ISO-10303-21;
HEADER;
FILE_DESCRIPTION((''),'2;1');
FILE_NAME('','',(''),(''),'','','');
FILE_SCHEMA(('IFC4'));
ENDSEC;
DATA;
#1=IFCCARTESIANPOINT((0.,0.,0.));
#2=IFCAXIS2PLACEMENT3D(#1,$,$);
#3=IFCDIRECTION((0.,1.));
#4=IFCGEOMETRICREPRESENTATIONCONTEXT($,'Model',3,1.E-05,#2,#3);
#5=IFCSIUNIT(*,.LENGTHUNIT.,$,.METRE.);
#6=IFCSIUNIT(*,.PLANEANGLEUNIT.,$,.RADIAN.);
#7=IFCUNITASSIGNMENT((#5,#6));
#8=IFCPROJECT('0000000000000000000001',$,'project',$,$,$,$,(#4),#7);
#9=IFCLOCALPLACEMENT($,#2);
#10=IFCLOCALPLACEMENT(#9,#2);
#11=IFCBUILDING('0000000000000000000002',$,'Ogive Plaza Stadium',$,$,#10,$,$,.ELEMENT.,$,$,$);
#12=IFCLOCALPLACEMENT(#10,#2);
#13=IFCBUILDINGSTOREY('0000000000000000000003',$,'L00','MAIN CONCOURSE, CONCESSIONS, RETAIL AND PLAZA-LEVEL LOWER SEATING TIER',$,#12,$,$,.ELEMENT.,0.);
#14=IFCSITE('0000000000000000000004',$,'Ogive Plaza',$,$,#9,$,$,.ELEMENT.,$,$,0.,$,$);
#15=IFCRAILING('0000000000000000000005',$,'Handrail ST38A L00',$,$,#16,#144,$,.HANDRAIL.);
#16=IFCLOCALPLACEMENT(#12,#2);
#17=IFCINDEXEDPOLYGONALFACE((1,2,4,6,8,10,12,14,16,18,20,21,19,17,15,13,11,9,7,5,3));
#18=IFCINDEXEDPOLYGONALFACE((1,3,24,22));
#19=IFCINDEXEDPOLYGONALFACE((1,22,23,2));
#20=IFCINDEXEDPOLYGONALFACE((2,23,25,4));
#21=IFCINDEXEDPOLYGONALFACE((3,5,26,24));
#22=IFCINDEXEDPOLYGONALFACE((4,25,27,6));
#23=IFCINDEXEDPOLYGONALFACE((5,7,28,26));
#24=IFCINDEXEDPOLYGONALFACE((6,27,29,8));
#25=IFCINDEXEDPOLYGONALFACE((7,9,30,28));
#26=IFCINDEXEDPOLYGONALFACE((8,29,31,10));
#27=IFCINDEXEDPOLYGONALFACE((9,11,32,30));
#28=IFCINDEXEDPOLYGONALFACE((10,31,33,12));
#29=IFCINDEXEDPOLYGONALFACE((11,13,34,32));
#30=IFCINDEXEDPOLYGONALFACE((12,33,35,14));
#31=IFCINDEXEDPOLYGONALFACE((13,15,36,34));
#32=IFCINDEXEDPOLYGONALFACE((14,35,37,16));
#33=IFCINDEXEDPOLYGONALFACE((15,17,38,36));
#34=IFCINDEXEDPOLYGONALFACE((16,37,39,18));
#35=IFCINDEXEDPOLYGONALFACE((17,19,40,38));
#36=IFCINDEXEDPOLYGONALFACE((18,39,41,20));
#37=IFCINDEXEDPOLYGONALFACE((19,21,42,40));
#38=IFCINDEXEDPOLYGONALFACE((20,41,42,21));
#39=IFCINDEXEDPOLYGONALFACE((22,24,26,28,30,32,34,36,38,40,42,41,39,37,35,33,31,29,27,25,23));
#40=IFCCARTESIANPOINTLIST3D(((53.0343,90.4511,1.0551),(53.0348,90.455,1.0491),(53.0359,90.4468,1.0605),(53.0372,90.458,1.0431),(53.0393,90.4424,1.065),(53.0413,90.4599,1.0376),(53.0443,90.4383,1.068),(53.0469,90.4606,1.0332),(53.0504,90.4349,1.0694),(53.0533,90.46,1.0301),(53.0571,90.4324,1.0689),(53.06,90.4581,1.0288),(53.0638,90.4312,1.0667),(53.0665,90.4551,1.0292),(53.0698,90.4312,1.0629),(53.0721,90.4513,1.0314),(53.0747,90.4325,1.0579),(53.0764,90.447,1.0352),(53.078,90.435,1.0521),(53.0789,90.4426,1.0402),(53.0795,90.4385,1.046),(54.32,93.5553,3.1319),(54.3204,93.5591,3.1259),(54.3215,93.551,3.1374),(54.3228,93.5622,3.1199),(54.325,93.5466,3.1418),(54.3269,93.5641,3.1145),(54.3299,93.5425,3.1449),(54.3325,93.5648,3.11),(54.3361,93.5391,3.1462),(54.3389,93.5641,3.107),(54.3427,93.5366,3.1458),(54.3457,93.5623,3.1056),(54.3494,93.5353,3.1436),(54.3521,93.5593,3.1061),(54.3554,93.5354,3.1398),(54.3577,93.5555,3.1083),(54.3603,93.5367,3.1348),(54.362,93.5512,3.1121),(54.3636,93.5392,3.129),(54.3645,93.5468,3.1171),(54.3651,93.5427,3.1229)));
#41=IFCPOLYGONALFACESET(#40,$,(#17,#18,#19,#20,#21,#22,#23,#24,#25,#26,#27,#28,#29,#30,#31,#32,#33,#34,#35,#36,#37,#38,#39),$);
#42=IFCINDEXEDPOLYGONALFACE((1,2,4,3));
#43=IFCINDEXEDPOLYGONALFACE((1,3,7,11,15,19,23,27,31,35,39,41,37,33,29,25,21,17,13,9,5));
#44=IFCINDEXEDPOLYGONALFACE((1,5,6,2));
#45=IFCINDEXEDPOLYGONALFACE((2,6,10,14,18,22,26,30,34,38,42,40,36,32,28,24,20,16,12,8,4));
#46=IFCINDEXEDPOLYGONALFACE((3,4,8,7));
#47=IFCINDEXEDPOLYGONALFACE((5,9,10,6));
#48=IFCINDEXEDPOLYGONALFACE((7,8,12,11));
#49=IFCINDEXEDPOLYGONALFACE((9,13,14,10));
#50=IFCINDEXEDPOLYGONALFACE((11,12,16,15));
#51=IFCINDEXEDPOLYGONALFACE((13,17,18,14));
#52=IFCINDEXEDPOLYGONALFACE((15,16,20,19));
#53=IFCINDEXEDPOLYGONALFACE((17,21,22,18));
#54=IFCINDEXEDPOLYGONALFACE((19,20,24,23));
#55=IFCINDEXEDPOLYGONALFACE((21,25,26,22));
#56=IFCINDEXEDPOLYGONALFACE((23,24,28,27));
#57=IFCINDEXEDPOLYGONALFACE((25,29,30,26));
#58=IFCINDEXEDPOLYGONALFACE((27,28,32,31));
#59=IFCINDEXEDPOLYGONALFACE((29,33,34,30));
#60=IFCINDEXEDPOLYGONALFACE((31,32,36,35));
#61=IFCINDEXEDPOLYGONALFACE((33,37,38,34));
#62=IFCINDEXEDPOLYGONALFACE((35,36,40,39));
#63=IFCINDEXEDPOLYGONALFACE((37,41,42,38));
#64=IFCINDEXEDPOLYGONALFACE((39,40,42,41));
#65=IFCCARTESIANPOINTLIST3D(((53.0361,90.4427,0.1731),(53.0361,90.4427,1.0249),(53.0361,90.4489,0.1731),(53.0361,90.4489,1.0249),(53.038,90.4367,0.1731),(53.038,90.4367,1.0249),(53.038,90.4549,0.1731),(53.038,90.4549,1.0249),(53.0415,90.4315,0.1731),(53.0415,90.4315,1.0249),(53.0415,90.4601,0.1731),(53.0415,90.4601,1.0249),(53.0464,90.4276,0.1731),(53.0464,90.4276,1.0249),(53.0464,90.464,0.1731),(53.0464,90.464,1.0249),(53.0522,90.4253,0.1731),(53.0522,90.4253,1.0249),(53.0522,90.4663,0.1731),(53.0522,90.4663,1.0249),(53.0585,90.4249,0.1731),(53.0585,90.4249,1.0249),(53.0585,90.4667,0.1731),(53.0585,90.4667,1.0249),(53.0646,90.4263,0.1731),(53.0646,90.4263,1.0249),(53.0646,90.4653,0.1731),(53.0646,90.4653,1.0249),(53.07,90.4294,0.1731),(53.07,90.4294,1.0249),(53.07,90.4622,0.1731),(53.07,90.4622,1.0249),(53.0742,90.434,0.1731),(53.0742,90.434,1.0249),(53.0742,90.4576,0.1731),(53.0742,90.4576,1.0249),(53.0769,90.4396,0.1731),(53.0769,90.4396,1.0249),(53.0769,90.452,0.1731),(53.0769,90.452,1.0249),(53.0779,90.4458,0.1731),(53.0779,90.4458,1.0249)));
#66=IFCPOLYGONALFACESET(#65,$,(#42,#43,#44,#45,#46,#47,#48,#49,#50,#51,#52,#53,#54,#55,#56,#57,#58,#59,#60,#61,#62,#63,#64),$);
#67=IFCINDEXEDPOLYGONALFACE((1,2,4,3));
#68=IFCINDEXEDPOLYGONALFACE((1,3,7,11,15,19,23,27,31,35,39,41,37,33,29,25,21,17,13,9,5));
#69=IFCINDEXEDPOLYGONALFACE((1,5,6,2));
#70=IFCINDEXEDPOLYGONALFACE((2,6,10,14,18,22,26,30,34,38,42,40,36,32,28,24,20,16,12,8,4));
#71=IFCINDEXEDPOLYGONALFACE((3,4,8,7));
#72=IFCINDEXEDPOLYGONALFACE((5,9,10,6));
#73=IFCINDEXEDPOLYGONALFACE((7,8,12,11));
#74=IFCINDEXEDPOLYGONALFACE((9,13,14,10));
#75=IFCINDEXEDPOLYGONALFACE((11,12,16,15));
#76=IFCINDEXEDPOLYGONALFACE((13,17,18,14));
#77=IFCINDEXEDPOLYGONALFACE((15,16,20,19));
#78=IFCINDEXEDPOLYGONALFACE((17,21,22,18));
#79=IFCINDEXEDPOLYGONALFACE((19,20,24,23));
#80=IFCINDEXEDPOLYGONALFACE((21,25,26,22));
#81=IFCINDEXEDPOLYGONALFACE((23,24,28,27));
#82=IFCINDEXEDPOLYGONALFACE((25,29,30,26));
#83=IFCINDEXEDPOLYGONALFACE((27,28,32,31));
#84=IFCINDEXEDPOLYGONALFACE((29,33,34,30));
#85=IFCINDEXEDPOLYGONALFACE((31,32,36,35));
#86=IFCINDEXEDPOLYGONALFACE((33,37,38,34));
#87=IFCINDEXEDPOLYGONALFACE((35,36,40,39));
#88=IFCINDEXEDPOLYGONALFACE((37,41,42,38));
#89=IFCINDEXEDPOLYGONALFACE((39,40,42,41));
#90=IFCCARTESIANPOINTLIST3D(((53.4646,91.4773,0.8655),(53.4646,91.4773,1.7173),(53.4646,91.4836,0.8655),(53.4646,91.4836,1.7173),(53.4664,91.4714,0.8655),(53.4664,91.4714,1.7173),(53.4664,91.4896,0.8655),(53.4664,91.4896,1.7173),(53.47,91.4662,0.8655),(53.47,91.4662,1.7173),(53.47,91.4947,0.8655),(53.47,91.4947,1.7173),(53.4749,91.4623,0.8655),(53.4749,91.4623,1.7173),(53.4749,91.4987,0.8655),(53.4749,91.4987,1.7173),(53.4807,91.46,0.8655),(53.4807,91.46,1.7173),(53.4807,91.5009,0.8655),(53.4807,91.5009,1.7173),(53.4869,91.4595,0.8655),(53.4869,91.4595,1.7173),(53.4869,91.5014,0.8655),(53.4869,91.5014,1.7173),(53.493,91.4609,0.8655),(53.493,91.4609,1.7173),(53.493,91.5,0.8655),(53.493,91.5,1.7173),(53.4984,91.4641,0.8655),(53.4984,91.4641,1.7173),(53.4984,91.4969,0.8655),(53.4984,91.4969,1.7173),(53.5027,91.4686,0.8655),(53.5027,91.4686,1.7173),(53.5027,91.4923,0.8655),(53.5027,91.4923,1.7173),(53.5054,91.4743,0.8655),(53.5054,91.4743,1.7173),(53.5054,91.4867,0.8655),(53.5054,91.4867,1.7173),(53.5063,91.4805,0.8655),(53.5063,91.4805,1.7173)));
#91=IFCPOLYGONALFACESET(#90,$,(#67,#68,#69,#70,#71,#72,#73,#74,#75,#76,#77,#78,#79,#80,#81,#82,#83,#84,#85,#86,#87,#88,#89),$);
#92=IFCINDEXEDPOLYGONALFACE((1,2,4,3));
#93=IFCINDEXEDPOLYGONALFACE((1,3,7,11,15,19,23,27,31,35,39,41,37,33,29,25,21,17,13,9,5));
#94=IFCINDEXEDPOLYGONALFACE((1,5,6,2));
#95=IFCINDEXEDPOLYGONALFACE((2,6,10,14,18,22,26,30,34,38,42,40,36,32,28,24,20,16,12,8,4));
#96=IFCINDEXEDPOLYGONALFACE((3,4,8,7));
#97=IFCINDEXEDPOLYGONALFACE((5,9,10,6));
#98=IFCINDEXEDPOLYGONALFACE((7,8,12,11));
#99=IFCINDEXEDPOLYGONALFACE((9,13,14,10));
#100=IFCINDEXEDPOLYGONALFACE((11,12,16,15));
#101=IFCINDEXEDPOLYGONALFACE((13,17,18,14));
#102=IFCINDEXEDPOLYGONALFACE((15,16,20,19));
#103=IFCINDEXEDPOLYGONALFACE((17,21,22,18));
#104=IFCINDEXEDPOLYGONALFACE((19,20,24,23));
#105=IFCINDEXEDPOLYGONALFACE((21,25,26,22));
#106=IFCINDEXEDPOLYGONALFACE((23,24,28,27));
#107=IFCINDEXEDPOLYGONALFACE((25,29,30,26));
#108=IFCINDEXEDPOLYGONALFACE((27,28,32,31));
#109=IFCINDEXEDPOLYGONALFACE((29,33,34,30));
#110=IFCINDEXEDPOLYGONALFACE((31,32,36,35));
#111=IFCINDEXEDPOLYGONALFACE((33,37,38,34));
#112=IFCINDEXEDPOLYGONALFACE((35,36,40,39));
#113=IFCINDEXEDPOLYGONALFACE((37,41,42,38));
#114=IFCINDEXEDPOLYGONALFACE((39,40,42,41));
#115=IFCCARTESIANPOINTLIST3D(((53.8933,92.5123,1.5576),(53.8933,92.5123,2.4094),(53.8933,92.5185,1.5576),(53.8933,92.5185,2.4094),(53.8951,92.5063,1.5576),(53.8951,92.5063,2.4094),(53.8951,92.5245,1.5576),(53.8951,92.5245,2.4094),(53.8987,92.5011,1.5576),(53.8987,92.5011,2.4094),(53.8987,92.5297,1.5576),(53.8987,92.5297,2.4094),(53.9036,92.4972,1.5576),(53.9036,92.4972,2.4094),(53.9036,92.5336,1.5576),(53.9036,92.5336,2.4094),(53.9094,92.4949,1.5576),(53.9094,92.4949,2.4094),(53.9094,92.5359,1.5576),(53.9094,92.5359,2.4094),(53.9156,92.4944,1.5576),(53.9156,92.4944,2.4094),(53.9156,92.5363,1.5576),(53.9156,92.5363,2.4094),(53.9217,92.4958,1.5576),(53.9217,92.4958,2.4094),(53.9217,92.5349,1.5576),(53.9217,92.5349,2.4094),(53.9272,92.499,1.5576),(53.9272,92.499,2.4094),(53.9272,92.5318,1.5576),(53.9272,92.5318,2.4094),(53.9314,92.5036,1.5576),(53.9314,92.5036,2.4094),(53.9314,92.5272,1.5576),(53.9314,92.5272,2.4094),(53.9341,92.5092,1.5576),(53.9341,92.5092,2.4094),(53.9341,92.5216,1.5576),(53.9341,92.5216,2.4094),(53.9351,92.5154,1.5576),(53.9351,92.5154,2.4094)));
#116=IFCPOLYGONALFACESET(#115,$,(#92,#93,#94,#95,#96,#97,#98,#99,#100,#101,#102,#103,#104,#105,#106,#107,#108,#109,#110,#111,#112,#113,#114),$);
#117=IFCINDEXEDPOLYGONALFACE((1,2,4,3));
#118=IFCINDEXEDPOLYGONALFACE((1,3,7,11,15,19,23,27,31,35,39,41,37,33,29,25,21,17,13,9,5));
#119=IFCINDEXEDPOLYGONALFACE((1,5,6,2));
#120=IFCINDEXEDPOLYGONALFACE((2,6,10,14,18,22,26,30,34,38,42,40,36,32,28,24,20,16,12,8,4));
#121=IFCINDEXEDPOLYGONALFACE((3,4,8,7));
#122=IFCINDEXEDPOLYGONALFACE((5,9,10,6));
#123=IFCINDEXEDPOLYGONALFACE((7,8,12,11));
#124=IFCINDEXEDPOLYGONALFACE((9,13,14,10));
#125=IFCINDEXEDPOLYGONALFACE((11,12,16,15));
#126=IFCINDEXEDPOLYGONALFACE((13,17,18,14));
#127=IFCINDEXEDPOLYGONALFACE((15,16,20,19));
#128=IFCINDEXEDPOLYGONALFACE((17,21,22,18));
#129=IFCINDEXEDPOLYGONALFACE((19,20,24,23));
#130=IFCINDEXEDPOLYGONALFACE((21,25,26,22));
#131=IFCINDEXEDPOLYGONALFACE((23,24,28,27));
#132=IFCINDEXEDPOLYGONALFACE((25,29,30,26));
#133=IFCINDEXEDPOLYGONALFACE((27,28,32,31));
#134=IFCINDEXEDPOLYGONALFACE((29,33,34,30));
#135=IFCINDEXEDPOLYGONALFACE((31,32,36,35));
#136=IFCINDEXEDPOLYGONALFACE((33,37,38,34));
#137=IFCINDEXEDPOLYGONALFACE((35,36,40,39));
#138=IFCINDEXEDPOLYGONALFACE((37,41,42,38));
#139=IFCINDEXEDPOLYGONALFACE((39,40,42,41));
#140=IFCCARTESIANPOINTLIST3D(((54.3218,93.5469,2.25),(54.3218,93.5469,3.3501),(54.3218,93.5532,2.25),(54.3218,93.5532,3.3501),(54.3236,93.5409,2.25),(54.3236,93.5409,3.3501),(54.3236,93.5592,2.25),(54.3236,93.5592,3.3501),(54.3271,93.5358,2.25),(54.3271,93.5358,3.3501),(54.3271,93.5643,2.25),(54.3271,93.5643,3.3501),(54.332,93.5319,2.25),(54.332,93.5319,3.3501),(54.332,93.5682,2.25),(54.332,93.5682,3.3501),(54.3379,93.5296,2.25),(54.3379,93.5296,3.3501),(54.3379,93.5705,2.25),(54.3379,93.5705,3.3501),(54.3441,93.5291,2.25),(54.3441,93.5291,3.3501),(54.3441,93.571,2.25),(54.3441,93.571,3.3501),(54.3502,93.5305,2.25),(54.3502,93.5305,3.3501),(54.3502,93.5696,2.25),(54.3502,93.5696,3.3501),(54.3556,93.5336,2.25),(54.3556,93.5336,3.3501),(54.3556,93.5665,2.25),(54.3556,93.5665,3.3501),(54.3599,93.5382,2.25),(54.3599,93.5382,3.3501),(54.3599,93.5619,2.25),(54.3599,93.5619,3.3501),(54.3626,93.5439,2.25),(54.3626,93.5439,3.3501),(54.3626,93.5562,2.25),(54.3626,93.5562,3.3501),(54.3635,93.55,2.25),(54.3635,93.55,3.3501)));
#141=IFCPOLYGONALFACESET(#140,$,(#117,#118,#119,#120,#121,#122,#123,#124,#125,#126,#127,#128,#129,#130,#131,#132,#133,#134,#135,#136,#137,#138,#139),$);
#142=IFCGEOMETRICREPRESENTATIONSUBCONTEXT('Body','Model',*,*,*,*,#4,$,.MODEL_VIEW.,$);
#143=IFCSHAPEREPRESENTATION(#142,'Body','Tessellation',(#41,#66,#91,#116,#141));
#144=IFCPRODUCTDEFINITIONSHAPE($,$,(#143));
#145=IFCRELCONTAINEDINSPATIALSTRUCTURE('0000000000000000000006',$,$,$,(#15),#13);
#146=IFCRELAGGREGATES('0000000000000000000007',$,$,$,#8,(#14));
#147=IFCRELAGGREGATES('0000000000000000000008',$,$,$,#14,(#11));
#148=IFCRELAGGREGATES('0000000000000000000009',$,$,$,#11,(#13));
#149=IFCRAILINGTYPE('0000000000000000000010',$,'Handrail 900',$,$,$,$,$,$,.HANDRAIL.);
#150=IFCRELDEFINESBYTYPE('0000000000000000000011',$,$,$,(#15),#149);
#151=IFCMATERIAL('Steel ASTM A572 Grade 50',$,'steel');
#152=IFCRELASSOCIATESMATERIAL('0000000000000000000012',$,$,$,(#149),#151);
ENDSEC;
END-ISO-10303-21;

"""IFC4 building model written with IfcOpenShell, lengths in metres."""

from ifc_helpers import new_model, si_unit, direction, frame, origin, origin_2d, place, context, subcontext, project, spatial, circle, extrude, material, type_object, element, save


model = new_model("IFC4")

# Units and contexts
model_context = context("Model", 3, precision=1e-05, world=origin(), true_north=direction((0.0, 1.0)))
body_context = subcontext(model_context, "Body", "Model", "MODEL_VIEW")
ifc_project = project(units=[si_unit("LENGTHUNIT", "METRE"), si_unit("PLANEANGLEUNIT", "RADIAN")], contexts=[model_context])

# Site, building, storey
site_placement = place(None, origin())
site = spatial("IfcSite", under=ifc_project, at=site_placement, Name="Ogive Plaza", CompositionType="ELEMENT", RefElevation=0.0)
building_placement = place(site_placement, origin())
building = spatial("IfcBuilding", under=site, at=building_placement, Name="Ogive Plaza Stadium", CompositionType="ELEMENT")
storey_placement = place(building_placement, origin())
storey = spatial("IfcBuildingStorey", under=building, at=storey_placement, Name="L00", Description="MAIN CONCOURSE, CONCESSIONS, RETAIL AND PLAZA-LEVEL LOWER SEATING TIER", CompositionType="ELEMENT", Elevation=0.0)

# Railing
ifc_material_1 = material(Name="Steel ASTM A572 Grade 50", Category="steel")
railing_type_1 = type_object("IfcRailingType", Name="Handrail 900", PredefinedType="HANDRAIL", material=ifc_material_1)
railing_1_placement = place(storey_placement, frame((53.0569, 90.4458, 0.1731)))
element("IfcRailing", 1, at=railing_1_placement, inside=storey, type_object=railing_type_1, Name="Handrail ST38A L00", PredefinedType="HANDRAIL", context=body_context, shape_type="SweptSolid", body=[
    extrude(circle(Radius=0.0239, at=origin_2d()), frame((0.0, 0.0, 0.876), z_axis=(0.325477, 0.785879, 0.525794), x_axis=(-0.923898, 0.382638, 0.0)), (0.0, 0.0, 1.0), 3.95),
    extrude(circle(Radius=0.021, at=origin_2d()), origin(), (0.0, 0.0, 1.0), 0.8518),
    extrude(circle(Radius=0.021, at=origin_2d()), frame((0.4285, 1.0347, 0.6924)), (0.0, 0.0, 1.0), 0.8518),
    extrude(circle(Radius=0.021, at=origin_2d()), frame((0.8572, 2.0696, 1.3845)), (0.0, 0.0, 1.0), 0.8518),
    extrude(circle(Radius=0.021, at=origin_2d()), frame((1.2856, 3.1042, 2.0769)), (0.0, 0.0, 1.0), 1.1001),
])

save(model, "model.ifc")
